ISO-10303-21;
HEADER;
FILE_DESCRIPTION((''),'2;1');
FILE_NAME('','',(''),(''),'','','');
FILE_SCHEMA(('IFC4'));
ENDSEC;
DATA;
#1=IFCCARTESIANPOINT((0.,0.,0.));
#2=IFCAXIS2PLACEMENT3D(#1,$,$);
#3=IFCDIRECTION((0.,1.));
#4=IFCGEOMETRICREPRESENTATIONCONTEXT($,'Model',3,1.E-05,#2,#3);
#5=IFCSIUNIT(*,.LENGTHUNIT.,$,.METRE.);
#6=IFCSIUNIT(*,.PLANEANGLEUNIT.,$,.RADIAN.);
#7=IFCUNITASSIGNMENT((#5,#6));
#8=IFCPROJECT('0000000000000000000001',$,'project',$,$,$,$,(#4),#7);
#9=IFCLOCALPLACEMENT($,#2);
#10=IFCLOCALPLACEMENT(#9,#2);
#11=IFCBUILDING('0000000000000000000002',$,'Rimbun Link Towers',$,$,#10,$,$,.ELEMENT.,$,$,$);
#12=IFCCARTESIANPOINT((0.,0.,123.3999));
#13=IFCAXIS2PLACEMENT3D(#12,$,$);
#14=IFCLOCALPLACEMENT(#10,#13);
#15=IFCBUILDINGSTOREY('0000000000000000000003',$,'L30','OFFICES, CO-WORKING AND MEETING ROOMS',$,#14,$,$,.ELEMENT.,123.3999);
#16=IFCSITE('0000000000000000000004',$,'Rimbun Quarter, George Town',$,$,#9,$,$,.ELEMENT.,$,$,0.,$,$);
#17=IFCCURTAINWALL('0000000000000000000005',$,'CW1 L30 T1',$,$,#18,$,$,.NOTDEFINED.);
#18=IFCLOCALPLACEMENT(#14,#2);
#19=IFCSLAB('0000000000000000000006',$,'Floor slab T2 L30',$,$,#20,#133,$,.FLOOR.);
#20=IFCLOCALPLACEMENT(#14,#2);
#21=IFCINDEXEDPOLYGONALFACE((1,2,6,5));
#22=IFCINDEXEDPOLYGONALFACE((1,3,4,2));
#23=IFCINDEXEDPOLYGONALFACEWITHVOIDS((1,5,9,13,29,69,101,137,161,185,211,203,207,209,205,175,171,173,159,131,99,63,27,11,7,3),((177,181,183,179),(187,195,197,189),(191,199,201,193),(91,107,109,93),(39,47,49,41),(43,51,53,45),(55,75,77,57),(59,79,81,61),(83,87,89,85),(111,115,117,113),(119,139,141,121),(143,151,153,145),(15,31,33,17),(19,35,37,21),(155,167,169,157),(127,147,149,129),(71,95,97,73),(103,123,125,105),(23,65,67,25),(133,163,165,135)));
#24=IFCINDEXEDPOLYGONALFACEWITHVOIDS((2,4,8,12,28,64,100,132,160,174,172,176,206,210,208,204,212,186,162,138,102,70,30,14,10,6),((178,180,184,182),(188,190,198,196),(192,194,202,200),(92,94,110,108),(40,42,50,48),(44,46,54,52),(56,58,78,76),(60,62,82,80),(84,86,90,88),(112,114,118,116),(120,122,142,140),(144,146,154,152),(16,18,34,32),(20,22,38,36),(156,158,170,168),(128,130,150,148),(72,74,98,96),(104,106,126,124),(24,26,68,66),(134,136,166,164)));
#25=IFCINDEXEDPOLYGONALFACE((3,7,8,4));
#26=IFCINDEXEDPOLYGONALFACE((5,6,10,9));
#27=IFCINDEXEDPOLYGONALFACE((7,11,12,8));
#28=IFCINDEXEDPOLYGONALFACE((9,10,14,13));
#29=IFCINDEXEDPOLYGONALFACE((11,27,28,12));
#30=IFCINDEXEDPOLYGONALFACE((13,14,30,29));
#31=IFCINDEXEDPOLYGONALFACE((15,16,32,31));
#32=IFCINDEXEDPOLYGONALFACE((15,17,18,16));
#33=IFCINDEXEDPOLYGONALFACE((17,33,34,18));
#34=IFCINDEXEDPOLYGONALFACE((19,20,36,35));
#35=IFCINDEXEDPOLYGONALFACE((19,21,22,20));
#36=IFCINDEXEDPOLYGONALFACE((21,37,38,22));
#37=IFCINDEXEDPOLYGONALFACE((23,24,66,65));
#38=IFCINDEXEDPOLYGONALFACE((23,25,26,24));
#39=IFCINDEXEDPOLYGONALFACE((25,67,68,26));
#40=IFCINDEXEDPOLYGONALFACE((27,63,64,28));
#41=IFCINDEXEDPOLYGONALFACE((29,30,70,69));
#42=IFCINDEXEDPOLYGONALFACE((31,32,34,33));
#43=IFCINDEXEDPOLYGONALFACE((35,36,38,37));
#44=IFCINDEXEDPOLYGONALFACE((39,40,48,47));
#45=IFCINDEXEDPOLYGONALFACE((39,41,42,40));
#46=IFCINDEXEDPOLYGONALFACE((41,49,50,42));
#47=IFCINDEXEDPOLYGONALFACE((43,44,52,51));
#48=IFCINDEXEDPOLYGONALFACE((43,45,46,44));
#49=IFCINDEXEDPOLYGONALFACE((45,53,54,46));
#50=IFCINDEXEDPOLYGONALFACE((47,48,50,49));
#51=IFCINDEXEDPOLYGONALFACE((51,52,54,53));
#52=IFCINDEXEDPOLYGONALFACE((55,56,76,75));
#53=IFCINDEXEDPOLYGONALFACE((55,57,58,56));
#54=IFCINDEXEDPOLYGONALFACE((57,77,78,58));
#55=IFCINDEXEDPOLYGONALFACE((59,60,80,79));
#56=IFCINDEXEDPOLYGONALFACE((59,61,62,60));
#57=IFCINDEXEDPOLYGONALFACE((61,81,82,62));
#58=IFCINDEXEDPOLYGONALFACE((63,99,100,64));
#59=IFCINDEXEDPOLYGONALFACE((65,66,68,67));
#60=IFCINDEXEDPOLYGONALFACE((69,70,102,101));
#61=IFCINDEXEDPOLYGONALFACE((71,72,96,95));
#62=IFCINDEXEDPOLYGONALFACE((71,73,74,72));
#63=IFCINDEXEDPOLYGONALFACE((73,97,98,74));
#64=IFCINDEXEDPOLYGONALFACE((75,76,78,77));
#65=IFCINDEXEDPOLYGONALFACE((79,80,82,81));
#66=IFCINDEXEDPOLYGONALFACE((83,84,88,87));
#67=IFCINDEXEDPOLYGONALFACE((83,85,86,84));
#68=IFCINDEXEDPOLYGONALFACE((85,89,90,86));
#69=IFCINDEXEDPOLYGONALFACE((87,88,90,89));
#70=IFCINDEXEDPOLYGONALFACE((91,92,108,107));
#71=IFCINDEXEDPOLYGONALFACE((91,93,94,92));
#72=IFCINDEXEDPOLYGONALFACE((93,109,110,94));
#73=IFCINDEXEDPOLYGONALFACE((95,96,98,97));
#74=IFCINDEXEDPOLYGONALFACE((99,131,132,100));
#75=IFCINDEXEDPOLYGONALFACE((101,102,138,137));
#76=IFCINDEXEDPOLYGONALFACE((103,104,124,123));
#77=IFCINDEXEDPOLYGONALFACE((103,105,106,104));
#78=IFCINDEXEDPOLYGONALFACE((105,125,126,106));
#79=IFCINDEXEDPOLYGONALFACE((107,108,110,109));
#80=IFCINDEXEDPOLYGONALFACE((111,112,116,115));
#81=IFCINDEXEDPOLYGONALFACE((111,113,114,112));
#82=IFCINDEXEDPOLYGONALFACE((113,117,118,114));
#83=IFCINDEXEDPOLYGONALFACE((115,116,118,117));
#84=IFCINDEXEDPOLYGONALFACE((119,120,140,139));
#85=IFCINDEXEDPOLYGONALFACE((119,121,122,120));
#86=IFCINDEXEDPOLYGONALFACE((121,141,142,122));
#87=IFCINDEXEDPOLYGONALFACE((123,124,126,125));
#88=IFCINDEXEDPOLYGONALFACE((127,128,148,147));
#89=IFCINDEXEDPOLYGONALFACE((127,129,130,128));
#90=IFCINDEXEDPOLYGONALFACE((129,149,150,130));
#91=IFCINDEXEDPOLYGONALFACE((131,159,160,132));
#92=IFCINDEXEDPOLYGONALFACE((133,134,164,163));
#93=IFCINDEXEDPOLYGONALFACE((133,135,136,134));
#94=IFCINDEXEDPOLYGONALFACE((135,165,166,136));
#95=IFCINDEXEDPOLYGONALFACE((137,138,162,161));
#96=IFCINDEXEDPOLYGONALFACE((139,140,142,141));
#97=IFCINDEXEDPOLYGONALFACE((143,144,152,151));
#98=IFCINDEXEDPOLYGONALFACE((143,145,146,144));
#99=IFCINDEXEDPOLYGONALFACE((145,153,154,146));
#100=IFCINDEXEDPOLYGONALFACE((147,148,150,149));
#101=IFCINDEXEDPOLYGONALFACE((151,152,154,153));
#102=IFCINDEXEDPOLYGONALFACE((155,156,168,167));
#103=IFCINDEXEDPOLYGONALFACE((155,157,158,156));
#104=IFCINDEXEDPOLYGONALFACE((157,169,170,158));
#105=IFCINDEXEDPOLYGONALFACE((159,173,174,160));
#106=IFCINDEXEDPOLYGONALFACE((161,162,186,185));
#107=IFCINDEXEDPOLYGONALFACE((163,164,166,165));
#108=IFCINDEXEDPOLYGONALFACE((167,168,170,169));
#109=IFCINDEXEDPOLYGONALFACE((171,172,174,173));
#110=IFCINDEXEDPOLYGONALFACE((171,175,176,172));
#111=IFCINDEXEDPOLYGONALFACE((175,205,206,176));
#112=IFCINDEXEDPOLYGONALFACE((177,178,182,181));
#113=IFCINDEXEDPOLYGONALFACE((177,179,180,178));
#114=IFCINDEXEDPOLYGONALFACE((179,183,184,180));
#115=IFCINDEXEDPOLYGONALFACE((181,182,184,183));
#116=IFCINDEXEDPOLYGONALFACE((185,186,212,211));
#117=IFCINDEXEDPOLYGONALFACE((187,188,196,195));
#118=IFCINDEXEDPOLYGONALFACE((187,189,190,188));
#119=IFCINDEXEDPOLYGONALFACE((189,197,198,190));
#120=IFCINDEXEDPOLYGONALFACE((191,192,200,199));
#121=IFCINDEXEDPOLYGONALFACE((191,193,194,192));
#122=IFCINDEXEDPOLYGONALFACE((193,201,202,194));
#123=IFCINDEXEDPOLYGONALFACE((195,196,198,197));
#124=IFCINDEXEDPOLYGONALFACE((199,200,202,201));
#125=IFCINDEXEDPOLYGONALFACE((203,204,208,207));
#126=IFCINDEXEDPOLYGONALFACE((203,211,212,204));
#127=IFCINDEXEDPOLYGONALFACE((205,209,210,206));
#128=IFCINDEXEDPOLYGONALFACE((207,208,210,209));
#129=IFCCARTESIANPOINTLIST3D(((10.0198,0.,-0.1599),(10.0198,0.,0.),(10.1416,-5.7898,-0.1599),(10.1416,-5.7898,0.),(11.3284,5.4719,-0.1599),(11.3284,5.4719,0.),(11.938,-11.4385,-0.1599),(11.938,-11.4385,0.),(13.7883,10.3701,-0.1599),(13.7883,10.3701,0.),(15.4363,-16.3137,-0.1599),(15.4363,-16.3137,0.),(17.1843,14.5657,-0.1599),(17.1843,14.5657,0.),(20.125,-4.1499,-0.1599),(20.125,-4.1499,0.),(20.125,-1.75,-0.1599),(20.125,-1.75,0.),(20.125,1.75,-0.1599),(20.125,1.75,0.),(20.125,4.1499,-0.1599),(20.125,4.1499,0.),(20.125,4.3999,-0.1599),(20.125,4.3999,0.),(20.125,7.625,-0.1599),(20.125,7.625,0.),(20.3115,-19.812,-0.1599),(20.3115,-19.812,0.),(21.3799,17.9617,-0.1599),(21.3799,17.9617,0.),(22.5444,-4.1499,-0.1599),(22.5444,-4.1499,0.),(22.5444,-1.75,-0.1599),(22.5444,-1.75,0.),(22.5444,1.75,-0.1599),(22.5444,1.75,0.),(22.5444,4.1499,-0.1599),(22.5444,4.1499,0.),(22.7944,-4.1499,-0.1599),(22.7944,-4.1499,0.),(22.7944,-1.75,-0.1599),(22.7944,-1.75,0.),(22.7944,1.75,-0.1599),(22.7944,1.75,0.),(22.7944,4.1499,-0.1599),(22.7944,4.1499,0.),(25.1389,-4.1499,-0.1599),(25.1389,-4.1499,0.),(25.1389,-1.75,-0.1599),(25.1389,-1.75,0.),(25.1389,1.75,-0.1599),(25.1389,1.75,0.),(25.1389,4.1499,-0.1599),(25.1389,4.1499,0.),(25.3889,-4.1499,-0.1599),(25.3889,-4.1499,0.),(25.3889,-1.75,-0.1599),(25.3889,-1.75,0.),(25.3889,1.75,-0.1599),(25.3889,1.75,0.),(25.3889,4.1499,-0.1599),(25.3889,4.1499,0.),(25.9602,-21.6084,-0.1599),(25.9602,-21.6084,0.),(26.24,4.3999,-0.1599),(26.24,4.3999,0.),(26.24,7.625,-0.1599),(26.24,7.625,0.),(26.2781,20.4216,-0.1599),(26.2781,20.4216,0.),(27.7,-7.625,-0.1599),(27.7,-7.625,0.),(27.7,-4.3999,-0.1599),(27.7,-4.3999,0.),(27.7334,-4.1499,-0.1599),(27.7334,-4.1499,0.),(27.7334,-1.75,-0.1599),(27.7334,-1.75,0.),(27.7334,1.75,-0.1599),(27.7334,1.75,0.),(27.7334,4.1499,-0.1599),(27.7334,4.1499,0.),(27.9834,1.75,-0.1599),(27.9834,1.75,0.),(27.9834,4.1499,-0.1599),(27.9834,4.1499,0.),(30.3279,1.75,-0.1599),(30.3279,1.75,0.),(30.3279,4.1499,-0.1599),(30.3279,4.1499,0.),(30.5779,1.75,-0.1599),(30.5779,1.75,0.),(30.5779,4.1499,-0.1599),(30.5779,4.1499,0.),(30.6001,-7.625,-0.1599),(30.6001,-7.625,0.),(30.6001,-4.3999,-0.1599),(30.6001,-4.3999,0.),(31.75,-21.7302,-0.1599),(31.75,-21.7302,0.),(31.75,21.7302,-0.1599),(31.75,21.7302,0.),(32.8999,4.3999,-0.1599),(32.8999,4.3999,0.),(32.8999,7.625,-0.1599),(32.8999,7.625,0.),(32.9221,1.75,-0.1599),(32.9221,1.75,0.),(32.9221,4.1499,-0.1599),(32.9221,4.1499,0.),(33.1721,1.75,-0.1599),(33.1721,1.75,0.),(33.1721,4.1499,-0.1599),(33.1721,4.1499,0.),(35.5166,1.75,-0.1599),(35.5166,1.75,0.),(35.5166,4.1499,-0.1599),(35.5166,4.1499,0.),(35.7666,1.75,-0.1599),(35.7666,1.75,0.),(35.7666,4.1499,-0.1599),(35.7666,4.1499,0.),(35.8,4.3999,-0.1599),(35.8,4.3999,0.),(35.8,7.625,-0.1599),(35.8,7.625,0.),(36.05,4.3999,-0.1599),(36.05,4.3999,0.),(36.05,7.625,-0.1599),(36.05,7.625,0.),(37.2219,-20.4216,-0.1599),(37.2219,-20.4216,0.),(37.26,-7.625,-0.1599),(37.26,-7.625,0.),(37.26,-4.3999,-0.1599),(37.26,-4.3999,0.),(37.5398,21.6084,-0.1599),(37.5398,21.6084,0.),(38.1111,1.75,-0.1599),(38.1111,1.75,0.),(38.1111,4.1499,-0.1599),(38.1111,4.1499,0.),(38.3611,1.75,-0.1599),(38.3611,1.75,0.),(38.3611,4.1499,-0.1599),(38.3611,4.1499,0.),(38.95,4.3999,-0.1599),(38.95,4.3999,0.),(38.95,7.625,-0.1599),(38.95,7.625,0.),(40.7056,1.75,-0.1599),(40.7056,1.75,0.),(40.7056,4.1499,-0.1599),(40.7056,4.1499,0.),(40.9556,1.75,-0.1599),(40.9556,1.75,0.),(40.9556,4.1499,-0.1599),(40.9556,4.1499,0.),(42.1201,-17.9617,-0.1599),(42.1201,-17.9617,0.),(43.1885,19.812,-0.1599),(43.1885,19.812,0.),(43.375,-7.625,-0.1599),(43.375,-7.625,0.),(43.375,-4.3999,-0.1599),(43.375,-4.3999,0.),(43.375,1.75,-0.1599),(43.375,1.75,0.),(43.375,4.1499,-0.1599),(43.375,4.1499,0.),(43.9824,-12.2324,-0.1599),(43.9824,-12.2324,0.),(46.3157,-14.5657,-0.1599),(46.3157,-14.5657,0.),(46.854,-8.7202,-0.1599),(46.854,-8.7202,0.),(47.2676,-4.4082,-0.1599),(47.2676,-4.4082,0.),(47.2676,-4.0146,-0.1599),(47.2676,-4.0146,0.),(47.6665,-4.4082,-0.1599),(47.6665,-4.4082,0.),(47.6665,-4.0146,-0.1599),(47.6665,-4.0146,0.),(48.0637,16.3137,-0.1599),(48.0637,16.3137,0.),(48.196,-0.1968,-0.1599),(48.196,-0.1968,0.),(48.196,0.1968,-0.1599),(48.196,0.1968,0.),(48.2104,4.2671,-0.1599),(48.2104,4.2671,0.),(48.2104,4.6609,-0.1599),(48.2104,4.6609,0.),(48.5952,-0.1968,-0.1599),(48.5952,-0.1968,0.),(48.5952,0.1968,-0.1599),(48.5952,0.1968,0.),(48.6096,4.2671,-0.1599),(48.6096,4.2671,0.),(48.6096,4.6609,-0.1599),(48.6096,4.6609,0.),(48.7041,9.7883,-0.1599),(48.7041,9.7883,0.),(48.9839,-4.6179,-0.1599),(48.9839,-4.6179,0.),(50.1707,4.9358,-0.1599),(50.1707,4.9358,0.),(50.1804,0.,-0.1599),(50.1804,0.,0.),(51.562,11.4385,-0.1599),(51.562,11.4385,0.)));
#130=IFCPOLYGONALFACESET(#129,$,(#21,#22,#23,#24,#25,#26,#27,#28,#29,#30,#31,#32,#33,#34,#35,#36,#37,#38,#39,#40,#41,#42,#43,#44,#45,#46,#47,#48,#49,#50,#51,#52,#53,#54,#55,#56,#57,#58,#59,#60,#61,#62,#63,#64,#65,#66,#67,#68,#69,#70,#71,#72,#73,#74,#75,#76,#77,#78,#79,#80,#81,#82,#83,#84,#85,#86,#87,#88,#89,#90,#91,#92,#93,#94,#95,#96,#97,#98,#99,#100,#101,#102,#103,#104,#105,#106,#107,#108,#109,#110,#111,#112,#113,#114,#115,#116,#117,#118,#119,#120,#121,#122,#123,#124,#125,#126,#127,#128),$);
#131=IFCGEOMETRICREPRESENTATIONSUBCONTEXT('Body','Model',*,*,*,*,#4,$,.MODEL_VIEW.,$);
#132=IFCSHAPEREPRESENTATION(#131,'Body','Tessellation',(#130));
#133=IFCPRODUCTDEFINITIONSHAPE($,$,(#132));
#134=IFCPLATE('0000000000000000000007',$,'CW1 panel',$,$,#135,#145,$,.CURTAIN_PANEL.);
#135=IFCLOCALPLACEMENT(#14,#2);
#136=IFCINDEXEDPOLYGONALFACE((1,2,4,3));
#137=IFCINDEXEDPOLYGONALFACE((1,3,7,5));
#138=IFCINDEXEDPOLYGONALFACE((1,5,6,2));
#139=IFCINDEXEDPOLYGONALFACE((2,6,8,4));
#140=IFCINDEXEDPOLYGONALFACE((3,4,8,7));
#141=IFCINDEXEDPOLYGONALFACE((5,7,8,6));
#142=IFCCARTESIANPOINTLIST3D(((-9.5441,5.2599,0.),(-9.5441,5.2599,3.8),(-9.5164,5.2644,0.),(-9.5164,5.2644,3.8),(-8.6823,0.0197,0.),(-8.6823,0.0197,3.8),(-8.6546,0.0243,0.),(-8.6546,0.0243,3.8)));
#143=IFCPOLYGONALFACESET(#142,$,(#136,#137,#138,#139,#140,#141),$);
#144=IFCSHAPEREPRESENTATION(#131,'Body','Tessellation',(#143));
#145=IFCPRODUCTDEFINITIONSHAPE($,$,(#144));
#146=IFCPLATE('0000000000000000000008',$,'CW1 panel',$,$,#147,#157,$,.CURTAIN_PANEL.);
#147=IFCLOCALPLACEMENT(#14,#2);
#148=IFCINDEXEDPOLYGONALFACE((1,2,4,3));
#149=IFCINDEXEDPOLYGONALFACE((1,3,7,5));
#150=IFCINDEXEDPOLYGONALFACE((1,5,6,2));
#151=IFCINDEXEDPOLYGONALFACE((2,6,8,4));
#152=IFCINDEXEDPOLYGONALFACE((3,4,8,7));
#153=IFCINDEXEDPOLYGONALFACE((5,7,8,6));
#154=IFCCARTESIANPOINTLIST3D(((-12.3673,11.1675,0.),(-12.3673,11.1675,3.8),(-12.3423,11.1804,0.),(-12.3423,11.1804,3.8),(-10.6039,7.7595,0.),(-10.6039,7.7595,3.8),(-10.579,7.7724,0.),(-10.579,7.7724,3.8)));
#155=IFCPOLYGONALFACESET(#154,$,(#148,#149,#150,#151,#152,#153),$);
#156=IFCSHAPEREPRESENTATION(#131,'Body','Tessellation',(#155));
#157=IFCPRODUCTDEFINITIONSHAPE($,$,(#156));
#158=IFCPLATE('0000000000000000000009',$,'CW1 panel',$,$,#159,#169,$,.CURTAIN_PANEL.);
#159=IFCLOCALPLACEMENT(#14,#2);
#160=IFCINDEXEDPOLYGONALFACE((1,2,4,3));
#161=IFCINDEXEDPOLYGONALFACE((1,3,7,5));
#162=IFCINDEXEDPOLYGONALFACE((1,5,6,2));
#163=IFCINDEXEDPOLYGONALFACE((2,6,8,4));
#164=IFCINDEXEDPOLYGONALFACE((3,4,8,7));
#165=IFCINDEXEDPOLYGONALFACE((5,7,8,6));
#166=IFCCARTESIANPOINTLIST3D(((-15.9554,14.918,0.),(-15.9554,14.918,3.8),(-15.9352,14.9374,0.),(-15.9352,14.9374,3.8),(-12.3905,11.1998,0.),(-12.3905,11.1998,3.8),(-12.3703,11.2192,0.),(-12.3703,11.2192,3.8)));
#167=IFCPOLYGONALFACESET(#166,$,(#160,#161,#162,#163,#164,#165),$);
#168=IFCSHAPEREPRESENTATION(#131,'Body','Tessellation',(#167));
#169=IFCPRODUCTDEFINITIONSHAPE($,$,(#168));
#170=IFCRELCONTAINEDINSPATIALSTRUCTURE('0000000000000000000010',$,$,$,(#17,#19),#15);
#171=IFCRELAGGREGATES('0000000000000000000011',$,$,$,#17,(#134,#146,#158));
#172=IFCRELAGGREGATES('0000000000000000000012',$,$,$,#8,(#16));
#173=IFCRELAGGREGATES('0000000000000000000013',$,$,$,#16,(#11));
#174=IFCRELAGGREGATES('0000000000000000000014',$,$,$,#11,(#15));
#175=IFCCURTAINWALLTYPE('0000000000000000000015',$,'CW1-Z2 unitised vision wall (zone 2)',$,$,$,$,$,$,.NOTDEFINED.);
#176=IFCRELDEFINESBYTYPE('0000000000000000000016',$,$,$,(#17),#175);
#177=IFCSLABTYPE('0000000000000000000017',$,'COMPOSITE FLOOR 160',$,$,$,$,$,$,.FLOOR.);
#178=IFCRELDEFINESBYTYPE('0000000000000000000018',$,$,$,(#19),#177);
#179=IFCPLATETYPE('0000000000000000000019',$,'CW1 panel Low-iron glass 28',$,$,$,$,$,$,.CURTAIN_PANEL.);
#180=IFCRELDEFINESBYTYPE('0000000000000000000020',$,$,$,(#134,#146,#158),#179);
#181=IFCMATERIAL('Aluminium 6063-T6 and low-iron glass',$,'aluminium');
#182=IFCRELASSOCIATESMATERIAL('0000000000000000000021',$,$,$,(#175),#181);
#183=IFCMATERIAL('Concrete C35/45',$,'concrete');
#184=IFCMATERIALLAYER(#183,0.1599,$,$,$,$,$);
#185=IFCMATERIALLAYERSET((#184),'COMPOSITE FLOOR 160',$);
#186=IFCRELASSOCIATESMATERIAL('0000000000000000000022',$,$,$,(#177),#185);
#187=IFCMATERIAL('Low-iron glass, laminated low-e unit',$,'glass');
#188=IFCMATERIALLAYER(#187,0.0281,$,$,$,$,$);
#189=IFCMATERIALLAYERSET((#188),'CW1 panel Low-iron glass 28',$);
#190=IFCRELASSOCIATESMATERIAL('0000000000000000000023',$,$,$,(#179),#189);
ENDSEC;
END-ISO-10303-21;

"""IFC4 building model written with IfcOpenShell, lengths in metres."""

from ifc_helpers import new_model, si_unit, direction, frame, origin, origin_2d, place, context, subcontext, project, spatial, polyline, rectangle, outline, extrude, material, layer, layer_set, type_object, element, aggregate, save


model = new_model("IFC4")

# Units and contexts
model_context = context("Model", 3, precision=1e-05, world=origin(), true_north=direction((0.0, 1.0)))
body_context = subcontext(model_context, "Body", "Model", "MODEL_VIEW")
ifc_project = project(units=[si_unit("LENGTHUNIT", "METRE"), si_unit("PLANEANGLEUNIT", "RADIAN")], contexts=[model_context])

# Site, building, storey
site_placement = place(None, origin())
site = spatial("IfcSite", under=ifc_project, at=site_placement, Name="Rimbun Quarter, George Town", CompositionType="ELEMENT", RefElevation=0.0)
building_placement = place(site_placement, origin())
building = spatial("IfcBuilding", under=site, at=building_placement, Name="Rimbun Link Towers", CompositionType="ELEMENT")
storey_placement = place(building_placement, frame((0.0, 0.0, 123.3999)))
storey = spatial("IfcBuildingStorey", under=building, at=storey_placement, Name="L30", Description="OFFICES, CO-WORKING AND MEETING ROOMS", CompositionType="ELEMENT", Elevation=123.3999)

# Curtain wall
ifc_material_1 = material(Name="Aluminium 6063-T6 and low-iron glass", Category="aluminium")
curtain_wall_type = type_object("IfcCurtainWallType", Name="CW1-Z2 unitised vision wall (zone 2)", PredefinedType="NOTDEFINED", material=ifc_material_1)
curtain_wall_placement = place(storey_placement, origin())
curtain_wall = element("IfcCurtainWall", 1, at=curtain_wall_placement, inside=storey, type_object=curtain_wall_type, Name="CW1 L30 T1", PredefinedType="NOTDEFINED")

# Slab
ifc_material_2 = material(Name="Concrete C35/45", Category="concrete")
ifc_layer_1 = layer(ifc_material_2, 0.1599)
ifc_layer_set_1 = layer_set([ifc_layer_1], Name="COMPOSITE FLOOR 160")
slab_type = type_object("IfcSlabType", Name="COMPOSITE FLOOR 160", PredefinedType="FLOOR", material=ifc_layer_set_1)
slab_placement = place(storey_placement, frame((0.0, 0.0, -0.1599)))
element("IfcSlab", 2, at=slab_placement, inside=storey, type_object=slab_type, Name="Floor slab T2 L30", PredefinedType="FLOOR", context=body_context, shape_type="SweptSolid", body=[
    extrude(outline(polyline([(42.1201, -17.9617), (37.2219, -20.4216), (31.75, -21.7302), (25.9602, -21.6084), (20.3115, -19.812), (15.4363, -16.3137), (11.938, -11.4385), (10.1416, -5.7898), (10.0198, 0.0), (11.3284, 5.4719), (13.7883, 10.3701), (17.1843, 14.5657), (21.3799, 17.9617), (26.2781, 20.4216), (31.75, 21.7302), (37.5398, 21.6084), (43.1885, 19.812), (48.0637, 16.3137), (51.562, 11.4385), (48.7041, 9.7883), (50.1707, 4.9358), (50.1804, 0.0), (48.9839, -4.6179), (46.854, -8.7202), (43.9824, -12.2324), (46.3157, -14.5657), (42.1201, -17.9617)]), holes=[polyline([(30.6001, -7.625), (30.6001, -4.3999), (27.7, -4.3999), (27.7, -7.625), (30.6001, -7.625)]), polyline([(22.5444, -4.1499), (22.5444, -1.75), (20.125, -1.75), (20.125, -4.1499), (22.5444, -4.1499)]), polyline([(25.1389, -4.1499), (25.1389, -1.75), (22.7944, -1.75), (22.7944, -4.1499), (25.1389, -4.1499)]), polyline([(25.3889, -4.1499), (27.7334, -4.1499), (27.7334, -1.75), (25.3889, -1.75), (25.3889, -4.1499)]), polyline([(20.125, 1.75), (22.5444, 1.75), (22.5444, 4.1499), (20.125, 4.1499), (20.125, 1.75)]), polyline([(25.1389, 1.75), (25.1389, 4.1499), (22.7944, 4.1499), (22.7944, 1.75), (25.1389, 1.75)]), polyline([(27.7334, 1.75), (27.7334, 4.1499), (25.3889, 4.1499), (25.3889, 1.75), (27.7334, 1.75)]), polyline([(30.3279, 1.75), (30.3279, 4.1499), (27.9834, 4.1499), (27.9834, 1.75), (30.3279, 1.75)]), polyline([(30.5779, 1.75), (32.9221, 1.75), (32.9221, 4.1499), (30.5779, 4.1499), (30.5779, 1.75)]), polyline([(20.125, 4.3999), (26.24, 4.3999), (26.24, 7.625), (20.125, 7.625), (20.125, 4.3999)]), polyline([(43.375, -7.625), (43.375, -4.3999), (37.26, -4.3999), (37.26, -7.625), (43.375, -7.625)]), polyline([(47.6665, -4.4082), (47.6665, -4.0146), (47.2676, -4.0146), (47.2676, -4.4082), (47.6665, -4.4082)]), polyline([(48.5952, -0.1968), (48.5952, 0.1968), (48.196, 0.1968), (48.196, -0.1968), (48.5952, -0.1968)]), polyline([(33.1721, 1.75), (35.5166, 1.75), (35.5166, 4.1499), (33.1721, 4.1499), (33.1721, 1.75)]), polyline([(35.7666, 1.75), (38.1111, 1.75), (38.1111, 4.1499), (35.7666, 4.1499), (35.7666, 1.75)]), polyline([(40.7056, 1.75), (40.7056, 4.1499), (38.3611, 4.1499), (38.3611, 1.75), (40.7056, 1.75)]), polyline([(43.375, 1.75), (43.375, 4.1499), (40.9556, 4.1499), (40.9556, 1.75), (43.375, 1.75)]), polyline([(48.6096, 4.2671), (48.6096, 4.6609), (48.2104, 4.6609), (48.2104, 4.2671), (48.6096, 4.2671)]), polyline([(32.8999, 4.3999), (35.8, 4.3999), (35.8, 7.625), (32.8999, 7.625), (32.8999, 4.3999)]), polyline([(36.05, 4.3999), (38.95, 4.3999), (38.95, 7.625), (36.05, 7.625), (36.05, 4.3999)])]), origin(), (0.0, 0.0, 1.0), 0.1599),
])

# Plates
ifc_material_3 = material(Name="Low-iron glass, laminated low-e unit", Category="glass")
ifc_layer_2 = layer(ifc_material_3, 0.0281)
ifc_layer_set_2 = layer_set([ifc_layer_2], Name="CW1 panel Low-iron glass 28")
plate_type = type_object("IfcPlateType", Name="CW1 panel Low-iron glass 28", PredefinedType="CURTAIN_PANEL", material=ifc_layer_set_2)
plate_1_placement = place(storey_placement, frame((-9.0994, 2.6421, 0.0), z_axis=(0.0, 0.0, 1.0), x_axis=(0.162269, -0.986747, 0.0)))
plate_1 = element("IfcPlate", 3, at=plate_1_placement, type_object=plate_type, Name="CW1 panel", PredefinedType="CURTAIN_PANEL", context=body_context, shape_type="SweptSolid", body=[
    extrude(rectangle(XDim=5.3105, YDim=0.0281, at=origin_2d()), origin(), (0.0, 0.0, 1.0), 3.8),
])
plate_2_placement = place(storey_placement, frame((-11.4731, 9.47, 0.0), z_axis=(0.0, 0.0, 1.0), x_axis=(0.459541, -0.888157, 0.0)))
plate_2 = element("IfcPlate", 4, at=plate_2_placement, type_object=plate_type, Name="CW1 panel", PredefinedType="CURTAIN_PANEL", context=body_context, shape_type="SweptSolid", body=[
    extrude(rectangle(XDim=3.8372, YDim=0.0281, at=origin_2d()), origin(), (0.0, 0.0, 1.0), 3.8),
])
plate_3_placement = place(storey_placement, frame((-14.1628, 13.0686, 0.0), z_axis=(0.0, 0.0, 1.0), x_axis=(0.692065, -0.721835, 0.0)))
plate_3 = element("IfcPlate", 5, at=plate_3_placement, type_object=plate_type, Name="CW1 panel", PredefinedType="CURTAIN_PANEL", context=body_context, shape_type="SweptSolid", body=[
    extrude(rectangle(XDim=5.1511, YDim=0.0281, at=origin_2d()), origin(), (0.0, 0.0, 1.0), 3.8),
])
aggregate(curtain_wall, [plate_1, plate_2, plate_3])

save(model, "model.ifc")
